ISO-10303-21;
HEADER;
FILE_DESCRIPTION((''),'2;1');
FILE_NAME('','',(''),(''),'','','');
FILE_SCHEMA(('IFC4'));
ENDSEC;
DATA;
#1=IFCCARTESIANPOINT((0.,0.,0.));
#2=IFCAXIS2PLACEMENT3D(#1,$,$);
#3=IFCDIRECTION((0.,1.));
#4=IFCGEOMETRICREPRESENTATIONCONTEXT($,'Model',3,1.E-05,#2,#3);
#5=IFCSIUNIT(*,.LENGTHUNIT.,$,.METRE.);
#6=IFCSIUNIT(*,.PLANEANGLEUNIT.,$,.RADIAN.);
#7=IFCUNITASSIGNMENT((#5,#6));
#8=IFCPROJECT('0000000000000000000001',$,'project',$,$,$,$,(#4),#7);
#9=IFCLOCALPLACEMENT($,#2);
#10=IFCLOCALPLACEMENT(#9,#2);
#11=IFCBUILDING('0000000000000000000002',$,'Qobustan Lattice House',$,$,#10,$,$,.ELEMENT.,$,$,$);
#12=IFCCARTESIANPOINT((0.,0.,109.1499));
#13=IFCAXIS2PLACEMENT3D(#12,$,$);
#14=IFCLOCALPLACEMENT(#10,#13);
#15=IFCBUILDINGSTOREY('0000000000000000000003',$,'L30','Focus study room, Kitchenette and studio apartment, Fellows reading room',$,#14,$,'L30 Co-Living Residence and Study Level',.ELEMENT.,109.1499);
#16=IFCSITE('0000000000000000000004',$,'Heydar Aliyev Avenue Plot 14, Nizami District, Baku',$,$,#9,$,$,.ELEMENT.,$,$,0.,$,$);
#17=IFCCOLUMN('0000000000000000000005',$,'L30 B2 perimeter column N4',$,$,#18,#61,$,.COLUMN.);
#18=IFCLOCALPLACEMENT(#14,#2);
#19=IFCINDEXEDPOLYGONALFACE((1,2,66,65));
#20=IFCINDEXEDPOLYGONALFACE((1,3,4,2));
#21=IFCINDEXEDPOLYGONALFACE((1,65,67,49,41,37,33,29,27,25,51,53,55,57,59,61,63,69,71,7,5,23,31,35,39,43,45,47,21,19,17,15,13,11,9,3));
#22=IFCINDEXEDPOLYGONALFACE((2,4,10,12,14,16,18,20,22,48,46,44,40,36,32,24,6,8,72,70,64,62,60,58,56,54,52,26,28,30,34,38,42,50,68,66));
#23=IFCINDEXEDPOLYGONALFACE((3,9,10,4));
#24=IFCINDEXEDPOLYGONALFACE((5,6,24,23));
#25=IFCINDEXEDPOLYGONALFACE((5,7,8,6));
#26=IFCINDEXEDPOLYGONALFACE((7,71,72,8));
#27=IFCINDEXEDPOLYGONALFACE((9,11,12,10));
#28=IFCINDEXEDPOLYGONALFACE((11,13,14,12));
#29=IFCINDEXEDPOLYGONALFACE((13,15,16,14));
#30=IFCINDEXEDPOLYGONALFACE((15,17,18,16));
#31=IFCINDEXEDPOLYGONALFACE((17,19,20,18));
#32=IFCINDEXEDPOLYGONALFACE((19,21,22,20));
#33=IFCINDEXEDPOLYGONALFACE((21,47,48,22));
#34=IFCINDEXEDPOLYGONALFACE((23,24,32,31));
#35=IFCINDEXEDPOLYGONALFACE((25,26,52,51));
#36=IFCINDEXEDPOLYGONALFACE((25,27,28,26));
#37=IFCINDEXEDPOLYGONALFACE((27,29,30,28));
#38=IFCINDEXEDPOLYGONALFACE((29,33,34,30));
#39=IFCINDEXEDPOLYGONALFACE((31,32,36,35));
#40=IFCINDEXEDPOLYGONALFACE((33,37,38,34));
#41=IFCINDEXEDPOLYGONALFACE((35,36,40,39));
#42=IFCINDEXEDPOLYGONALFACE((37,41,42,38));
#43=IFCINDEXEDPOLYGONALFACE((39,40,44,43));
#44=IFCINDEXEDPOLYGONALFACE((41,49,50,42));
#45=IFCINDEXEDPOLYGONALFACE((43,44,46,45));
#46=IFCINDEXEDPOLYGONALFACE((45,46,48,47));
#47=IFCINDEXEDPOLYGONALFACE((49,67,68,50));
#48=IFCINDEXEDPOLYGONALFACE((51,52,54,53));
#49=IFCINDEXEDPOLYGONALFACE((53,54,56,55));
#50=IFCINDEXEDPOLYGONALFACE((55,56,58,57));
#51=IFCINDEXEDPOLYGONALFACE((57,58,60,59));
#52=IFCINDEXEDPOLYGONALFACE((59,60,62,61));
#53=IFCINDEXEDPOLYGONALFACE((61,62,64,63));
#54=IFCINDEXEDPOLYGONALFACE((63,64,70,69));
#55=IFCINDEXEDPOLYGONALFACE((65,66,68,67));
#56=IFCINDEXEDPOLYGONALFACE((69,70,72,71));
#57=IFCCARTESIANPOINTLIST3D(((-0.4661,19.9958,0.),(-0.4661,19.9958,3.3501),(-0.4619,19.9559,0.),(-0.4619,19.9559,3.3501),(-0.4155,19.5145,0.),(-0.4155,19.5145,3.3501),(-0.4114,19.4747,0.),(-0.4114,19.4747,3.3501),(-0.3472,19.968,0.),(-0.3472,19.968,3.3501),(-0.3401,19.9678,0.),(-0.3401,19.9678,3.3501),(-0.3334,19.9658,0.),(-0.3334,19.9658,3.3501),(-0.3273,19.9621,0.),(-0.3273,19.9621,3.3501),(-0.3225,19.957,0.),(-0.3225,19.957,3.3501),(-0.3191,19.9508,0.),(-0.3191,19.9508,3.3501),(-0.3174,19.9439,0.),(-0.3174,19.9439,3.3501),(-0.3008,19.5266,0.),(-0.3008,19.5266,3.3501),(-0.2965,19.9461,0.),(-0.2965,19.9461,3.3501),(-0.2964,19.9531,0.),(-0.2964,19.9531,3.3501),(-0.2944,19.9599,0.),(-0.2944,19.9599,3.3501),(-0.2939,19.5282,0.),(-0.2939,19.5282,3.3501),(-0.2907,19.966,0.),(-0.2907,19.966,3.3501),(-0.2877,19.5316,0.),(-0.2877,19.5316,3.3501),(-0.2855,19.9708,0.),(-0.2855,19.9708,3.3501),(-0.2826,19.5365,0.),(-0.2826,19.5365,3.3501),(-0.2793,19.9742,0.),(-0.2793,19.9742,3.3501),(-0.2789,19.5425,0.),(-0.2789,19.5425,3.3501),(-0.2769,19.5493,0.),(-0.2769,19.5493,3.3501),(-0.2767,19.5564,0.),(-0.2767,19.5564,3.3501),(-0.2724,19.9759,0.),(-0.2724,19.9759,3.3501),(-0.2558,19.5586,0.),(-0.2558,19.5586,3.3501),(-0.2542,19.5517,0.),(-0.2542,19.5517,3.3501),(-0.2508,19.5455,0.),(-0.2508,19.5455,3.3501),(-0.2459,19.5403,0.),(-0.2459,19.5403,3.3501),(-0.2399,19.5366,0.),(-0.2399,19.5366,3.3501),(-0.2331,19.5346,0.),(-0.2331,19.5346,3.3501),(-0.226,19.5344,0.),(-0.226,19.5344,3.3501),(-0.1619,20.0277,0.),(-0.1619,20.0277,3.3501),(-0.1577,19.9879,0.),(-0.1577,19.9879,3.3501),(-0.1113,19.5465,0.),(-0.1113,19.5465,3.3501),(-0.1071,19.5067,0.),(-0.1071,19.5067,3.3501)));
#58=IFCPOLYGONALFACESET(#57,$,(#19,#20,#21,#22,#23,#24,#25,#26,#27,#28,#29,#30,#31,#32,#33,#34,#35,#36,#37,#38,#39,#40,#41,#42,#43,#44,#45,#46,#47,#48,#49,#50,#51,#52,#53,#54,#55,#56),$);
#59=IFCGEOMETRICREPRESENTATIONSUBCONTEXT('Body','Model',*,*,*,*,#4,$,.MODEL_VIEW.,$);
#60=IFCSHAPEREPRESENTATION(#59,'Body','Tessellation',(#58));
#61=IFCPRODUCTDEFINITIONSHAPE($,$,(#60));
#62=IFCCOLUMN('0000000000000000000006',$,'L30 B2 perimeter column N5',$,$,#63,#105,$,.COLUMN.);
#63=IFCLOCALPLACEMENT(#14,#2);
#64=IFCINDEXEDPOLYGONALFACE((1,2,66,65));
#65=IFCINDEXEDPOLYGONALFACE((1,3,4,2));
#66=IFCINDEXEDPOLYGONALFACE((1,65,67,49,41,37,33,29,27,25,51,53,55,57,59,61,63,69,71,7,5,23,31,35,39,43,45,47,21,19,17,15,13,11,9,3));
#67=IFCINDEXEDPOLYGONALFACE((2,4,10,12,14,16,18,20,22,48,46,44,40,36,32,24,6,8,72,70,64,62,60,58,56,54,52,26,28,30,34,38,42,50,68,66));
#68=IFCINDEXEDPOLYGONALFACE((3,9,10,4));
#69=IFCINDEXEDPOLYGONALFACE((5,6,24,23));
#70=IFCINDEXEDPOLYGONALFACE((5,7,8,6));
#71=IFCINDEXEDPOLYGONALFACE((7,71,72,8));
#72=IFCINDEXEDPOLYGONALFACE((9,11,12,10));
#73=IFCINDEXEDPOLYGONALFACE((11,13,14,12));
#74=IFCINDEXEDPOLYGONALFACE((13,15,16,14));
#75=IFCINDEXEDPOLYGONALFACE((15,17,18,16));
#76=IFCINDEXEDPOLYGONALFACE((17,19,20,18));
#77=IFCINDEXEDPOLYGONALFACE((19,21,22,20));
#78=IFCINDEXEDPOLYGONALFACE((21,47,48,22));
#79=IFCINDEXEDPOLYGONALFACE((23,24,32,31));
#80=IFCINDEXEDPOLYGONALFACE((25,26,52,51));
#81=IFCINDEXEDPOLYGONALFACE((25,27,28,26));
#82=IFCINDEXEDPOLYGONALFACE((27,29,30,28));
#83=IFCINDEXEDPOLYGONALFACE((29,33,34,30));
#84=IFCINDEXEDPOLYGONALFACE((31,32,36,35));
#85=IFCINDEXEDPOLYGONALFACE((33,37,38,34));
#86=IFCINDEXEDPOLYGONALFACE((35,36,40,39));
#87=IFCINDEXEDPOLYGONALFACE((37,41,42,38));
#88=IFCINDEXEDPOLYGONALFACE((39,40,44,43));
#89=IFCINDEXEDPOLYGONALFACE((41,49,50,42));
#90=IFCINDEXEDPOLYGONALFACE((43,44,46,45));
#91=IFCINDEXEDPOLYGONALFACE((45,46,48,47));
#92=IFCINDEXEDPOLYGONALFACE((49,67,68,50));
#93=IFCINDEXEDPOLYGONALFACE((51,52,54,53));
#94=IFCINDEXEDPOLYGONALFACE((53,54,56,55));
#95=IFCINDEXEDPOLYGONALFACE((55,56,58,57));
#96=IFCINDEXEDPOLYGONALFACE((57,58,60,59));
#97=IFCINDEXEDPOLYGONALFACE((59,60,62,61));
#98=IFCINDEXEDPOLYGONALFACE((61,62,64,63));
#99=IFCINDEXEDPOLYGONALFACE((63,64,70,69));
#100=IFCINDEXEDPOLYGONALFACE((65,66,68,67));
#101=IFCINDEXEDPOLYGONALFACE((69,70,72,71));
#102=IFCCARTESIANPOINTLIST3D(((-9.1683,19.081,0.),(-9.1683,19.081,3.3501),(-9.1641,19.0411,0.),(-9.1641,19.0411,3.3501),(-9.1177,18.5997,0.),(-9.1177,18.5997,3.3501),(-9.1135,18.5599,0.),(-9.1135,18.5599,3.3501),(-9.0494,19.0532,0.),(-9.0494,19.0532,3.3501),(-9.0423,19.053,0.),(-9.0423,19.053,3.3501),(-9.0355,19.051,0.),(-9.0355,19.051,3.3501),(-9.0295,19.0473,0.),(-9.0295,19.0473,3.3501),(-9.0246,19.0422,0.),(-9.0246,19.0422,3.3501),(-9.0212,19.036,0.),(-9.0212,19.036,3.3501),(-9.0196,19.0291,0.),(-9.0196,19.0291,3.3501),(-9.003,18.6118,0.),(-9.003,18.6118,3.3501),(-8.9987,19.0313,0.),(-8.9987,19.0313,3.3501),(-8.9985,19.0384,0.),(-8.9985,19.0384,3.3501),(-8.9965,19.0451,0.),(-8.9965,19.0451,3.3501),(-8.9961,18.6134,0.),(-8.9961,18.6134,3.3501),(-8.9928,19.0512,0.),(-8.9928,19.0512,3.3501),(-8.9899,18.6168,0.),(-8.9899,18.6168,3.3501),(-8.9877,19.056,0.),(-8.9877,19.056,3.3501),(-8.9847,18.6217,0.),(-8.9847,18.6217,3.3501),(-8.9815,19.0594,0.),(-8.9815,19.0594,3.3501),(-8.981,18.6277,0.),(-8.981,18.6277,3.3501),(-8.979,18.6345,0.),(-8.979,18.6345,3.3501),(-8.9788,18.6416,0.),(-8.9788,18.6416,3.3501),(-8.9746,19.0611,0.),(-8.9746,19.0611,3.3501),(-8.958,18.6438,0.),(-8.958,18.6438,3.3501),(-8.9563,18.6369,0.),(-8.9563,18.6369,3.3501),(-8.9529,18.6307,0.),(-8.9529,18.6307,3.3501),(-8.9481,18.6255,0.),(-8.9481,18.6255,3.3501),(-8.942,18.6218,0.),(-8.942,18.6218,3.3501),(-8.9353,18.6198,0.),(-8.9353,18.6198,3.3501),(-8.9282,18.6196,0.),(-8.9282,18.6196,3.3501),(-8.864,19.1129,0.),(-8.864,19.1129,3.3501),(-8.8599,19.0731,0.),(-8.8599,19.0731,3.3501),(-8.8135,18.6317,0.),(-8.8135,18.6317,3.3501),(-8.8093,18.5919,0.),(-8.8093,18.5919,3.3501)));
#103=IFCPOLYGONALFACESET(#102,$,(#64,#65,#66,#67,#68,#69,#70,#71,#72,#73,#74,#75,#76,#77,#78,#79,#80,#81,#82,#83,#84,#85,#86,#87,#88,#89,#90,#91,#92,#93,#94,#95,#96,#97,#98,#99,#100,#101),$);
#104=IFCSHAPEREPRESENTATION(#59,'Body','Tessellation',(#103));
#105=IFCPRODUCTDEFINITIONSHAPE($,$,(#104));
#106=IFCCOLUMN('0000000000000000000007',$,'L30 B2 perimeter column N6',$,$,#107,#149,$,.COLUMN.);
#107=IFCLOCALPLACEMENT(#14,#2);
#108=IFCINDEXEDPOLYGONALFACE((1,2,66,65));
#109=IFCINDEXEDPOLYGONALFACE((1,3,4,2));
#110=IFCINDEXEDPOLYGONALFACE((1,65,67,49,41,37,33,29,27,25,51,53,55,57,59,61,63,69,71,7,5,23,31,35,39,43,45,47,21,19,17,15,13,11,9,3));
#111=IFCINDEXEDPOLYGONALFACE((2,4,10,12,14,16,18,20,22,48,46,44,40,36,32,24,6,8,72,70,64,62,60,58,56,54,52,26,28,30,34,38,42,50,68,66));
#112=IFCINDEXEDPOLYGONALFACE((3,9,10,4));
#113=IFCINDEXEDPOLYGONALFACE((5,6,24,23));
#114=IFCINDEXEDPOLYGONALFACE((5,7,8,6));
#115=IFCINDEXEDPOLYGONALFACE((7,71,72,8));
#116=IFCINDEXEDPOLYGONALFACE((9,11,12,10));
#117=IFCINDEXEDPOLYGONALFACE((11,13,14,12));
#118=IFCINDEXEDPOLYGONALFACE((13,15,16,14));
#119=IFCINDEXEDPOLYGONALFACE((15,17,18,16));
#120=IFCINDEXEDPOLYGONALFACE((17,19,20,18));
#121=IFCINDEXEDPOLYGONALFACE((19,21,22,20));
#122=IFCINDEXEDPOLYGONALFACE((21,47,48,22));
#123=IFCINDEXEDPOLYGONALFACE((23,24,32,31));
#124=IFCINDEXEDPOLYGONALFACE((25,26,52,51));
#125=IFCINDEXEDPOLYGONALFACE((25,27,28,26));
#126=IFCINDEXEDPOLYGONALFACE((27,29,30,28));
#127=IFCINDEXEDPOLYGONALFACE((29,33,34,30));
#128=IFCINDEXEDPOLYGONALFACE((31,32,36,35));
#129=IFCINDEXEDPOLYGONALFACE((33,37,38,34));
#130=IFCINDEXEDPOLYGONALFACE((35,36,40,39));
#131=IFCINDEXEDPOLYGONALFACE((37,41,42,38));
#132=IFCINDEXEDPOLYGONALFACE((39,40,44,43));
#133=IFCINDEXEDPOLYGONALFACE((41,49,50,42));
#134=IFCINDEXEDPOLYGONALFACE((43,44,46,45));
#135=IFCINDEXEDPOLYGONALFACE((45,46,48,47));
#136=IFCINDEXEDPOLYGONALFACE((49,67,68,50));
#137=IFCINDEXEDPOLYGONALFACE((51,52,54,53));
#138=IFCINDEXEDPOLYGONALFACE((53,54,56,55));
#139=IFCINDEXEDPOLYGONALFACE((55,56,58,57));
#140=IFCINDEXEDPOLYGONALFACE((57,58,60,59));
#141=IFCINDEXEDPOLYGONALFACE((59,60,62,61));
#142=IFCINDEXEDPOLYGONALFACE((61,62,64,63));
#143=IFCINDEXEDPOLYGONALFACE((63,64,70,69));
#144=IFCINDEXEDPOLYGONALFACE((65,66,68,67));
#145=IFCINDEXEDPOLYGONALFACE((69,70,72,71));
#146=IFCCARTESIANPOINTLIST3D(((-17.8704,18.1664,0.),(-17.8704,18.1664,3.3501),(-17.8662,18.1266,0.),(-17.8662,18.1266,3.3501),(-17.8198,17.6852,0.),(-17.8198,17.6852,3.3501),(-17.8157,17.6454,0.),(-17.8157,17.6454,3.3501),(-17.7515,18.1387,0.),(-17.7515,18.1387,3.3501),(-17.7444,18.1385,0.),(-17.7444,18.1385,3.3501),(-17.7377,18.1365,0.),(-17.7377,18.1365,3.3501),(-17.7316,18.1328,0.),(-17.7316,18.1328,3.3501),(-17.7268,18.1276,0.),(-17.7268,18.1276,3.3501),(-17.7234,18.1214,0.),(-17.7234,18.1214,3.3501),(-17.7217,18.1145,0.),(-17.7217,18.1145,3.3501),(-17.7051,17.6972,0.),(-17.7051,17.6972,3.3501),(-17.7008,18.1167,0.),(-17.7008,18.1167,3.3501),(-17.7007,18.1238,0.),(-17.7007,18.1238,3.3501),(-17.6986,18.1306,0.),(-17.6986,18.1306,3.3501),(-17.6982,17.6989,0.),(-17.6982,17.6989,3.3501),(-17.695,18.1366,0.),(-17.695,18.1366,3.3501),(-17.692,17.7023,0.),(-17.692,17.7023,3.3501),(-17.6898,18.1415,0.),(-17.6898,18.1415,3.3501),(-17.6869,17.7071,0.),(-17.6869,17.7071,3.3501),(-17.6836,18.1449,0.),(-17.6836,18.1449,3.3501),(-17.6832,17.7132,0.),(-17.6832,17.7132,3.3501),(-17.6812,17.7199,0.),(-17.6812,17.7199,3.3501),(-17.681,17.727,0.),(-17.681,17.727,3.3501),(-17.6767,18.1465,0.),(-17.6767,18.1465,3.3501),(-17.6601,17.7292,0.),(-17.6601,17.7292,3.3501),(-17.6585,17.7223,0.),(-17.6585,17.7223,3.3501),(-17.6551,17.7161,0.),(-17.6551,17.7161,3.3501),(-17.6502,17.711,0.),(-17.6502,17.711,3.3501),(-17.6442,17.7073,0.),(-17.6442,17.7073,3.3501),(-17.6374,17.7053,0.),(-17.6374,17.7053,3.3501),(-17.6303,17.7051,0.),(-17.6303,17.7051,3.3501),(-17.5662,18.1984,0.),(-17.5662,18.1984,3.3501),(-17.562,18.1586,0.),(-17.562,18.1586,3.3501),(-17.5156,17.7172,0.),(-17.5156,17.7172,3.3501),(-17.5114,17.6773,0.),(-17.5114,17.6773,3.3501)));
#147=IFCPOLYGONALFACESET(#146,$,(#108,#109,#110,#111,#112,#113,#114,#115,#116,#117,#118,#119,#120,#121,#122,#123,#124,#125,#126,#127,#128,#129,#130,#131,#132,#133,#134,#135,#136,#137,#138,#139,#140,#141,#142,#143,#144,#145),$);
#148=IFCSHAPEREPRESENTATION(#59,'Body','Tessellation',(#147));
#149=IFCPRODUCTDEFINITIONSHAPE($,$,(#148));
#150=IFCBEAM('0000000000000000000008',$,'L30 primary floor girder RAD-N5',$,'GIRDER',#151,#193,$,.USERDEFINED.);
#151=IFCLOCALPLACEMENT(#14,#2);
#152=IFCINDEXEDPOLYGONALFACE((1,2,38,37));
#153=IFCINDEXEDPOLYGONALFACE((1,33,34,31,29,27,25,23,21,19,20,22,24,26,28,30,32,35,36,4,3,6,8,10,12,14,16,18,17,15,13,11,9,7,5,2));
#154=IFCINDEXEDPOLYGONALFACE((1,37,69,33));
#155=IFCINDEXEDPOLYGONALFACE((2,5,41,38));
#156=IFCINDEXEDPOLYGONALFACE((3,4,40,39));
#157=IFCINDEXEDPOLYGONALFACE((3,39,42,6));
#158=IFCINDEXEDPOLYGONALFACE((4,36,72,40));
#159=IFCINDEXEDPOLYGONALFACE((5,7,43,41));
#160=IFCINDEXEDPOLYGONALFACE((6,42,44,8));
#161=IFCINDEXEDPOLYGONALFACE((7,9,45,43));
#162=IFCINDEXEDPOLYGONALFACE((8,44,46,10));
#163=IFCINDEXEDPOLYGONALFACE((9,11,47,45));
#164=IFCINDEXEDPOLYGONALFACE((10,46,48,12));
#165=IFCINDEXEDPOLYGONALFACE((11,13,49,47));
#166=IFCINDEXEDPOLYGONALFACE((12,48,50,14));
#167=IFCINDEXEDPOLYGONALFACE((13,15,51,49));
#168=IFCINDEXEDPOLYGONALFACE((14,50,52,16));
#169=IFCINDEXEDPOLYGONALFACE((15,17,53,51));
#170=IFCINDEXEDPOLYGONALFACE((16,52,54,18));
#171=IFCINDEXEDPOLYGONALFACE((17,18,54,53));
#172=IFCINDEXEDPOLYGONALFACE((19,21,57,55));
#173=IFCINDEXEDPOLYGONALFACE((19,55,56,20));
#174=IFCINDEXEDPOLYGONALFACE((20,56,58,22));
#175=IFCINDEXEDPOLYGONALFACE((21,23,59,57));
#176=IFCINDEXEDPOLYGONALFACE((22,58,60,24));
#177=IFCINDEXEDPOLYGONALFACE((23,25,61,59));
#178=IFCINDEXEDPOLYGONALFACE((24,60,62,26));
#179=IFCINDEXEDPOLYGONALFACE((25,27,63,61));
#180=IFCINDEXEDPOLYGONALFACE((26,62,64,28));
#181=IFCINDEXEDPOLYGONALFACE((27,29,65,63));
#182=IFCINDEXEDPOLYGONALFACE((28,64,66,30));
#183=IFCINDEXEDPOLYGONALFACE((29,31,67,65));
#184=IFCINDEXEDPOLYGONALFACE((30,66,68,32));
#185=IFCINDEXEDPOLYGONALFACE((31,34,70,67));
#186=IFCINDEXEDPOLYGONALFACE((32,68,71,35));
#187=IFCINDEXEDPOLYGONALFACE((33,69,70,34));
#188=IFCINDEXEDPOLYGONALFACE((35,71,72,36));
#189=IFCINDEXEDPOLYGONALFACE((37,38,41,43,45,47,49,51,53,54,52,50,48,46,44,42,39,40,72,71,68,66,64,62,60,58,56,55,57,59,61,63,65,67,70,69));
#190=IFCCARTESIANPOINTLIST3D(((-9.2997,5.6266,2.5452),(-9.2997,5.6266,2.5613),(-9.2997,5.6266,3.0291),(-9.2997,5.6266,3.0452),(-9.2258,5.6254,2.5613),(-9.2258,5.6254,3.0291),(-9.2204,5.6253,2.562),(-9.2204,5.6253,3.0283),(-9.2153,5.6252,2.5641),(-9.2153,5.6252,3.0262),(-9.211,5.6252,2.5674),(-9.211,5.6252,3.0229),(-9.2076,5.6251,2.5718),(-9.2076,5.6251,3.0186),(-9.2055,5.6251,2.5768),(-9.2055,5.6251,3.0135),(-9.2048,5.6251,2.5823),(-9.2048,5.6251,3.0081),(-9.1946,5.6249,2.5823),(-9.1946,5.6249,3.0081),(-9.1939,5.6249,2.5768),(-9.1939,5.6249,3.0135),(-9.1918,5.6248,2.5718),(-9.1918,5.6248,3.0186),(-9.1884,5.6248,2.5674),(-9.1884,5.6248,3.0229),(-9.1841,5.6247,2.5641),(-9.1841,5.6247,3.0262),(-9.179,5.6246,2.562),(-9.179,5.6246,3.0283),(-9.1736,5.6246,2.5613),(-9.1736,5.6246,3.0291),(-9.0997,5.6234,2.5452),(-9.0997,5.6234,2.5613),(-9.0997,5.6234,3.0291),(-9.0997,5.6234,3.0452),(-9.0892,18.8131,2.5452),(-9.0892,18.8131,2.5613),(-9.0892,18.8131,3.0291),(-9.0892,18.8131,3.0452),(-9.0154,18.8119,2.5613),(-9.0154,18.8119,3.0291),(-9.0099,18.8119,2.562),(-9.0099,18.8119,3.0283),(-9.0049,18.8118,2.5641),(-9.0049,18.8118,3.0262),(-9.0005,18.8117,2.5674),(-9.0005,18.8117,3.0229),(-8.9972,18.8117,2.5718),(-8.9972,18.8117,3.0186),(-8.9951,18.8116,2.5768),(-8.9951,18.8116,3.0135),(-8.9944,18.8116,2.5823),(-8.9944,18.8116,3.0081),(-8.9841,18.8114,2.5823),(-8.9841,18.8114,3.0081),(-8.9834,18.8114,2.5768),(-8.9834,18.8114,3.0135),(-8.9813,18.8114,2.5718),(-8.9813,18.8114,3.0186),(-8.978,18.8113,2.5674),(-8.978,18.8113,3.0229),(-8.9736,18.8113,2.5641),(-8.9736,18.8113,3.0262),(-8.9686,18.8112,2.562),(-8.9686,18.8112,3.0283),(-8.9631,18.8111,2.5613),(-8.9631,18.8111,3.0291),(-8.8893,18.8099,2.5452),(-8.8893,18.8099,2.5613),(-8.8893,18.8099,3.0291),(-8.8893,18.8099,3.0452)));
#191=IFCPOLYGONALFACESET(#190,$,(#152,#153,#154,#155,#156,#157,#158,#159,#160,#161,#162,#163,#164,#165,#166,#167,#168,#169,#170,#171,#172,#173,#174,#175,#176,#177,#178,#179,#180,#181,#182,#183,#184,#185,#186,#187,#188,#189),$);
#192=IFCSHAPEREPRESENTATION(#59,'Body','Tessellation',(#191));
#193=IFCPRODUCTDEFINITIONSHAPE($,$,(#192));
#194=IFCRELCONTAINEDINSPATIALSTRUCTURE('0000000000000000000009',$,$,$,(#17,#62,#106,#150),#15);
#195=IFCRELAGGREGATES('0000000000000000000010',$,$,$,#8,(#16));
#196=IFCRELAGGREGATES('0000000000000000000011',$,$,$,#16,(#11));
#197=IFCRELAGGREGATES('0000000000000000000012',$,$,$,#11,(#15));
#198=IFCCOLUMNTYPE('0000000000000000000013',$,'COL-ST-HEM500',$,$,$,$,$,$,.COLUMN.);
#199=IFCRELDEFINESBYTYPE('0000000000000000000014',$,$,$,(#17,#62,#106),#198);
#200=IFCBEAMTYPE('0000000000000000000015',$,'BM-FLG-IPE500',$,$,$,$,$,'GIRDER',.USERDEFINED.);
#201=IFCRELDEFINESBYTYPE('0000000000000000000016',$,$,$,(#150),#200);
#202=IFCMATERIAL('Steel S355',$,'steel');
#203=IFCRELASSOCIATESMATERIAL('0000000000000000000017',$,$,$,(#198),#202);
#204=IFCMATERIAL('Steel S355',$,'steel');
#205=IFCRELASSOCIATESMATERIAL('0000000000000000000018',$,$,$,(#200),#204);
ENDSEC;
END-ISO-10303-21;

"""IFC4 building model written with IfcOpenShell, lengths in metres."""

from ifc_helpers import new_model, si_unit, direction, frame, origin, origin_2d, place, context, subcontext, project, spatial, i_section, extrude, material, material_profile, profile_set, type_object, element, save


model = new_model("IFC4")

# Units and contexts
model_context = context("Model", 3, precision=1e-05, world=origin(), true_north=direction((0.0, 1.0)))
body_context = subcontext(model_context, "Body", "Model", "MODEL_VIEW")
ifc_project = project(units=[si_unit("LENGTHUNIT", "METRE"), si_unit("PLANEANGLEUNIT", "RADIAN")], contexts=[model_context])

# Site, building, storey
site_placement = place(None, origin())
site = spatial("IfcSite", under=ifc_project, at=site_placement, Name="Heydar Aliyev Avenue Plot 14, Nizami District, Baku", CompositionType="ELEMENT", RefElevation=0.0)
building_placement = place(site_placement, origin())
building = spatial("IfcBuilding", under=site, at=building_placement, Name="Qobustan Lattice House", CompositionType="ELEMENT")
storey_placement = place(building_placement, frame((0.0, 0.0, 109.1499)))
storey = spatial("IfcBuildingStorey", under=building, at=storey_placement, Name="L30", Description="Focus study room, Kitchenette and studio apartment, Fellows reading room", LongName="L30 Co-Living Residence and Study Level", CompositionType="ELEMENT", Elevation=109.1499)

# Columns
ifc_material_1 = material(Name="Steel S355", Category="steel")
ifc_material_profile_1 = material_profile(ifc_material_1, i_section(OverallWidth=0.3059, OverallDepth=0.5239, WebThickness=0.021, FlangeThickness=0.04, FilletRadius=0.0271, at=origin_2d()), Name="HEM500")
ifc_profile_set_1 = profile_set([ifc_material_profile_1], Name="Steel S355")
column_type = type_object("IfcColumnType", Name="COL-ST-HEM500", PredefinedType="COLUMN", material=ifc_profile_set_1)
for number, where, z_axis, x_axis, name in (
    (1, (-0.2866, 19.7512, 0.0), (0.0, 0.0, 1.0), (0.994522, 0.104528, 0.0), "L30 B2 perimeter column N4"),
    (2, (-8.9888, 18.8364, 0.0), (0.0, 0.0, 1.0), (0.994522, 0.104528, 0.0), "L30 B2 perimeter column N5"),
    (3, (-17.6909, 17.9219, 0.0), (0.0, 0.0, 1.0), (0.994522, 0.104528, 0.0), "L30 B2 perimeter column N6"),
):
    element("IfcColumn", number, at=place(storey_placement, frame(where, z_axis=z_axis, x_axis=x_axis)), inside=storey, type_object=column_type, Name=name, PredefinedType="COLUMN", context=body_context, shape_type="SweptSolid", body=[
        extrude(i_section(OverallWidth=0.3059, OverallDepth=0.5239, WebThickness=0.021, FlangeThickness=0.04, FilletRadius=0.0271, at=origin_2d()), origin(), (0.0, 0.0, 1.0), 3.3501),
    ])

# Beam
ifc_material_2 = material(Name="Steel S355", Category="steel")
ifc_material_profile_2 = material_profile(ifc_material_2, i_section(OverallWidth=0.2, OverallDepth=0.5, WebThickness=0.0103, FlangeThickness=0.0161, FilletRadius=0.021, at=origin_2d()), Name="IPE500")
ifc_profile_set_2 = profile_set([ifc_material_profile_2], Name="Steel S355")
beam_type_1 = type_object("IfcBeamType", Name="BM-FLG-IPE500", ElementType="GIRDER", PredefinedType="USERDEFINED", material=ifc_profile_set_2)
beam_1_placement = place(storey_placement, frame((-8.9893, 18.8115, 2.7952), z_axis=(-0.015957, -0.999873, 0.0), x_axis=(0.999873, -0.015957, 0.0)))
element("IfcBeam", 4, at=beam_1_placement, inside=storey, type_object=beam_type_1, Name="L30 primary floor girder RAD-N5", ObjectType="GIRDER", PredefinedType="USERDEFINED", context=body_context, shape_type="SweptSolid", body=[
    extrude(i_section(OverallWidth=0.2, OverallDepth=0.5, WebThickness=0.0103, FlangeThickness=0.0161, FilletRadius=0.021, at=origin_2d()), origin(), (0.0, 0.0, 1.0), 13.1882),
])

save(model, "model.ifc")
